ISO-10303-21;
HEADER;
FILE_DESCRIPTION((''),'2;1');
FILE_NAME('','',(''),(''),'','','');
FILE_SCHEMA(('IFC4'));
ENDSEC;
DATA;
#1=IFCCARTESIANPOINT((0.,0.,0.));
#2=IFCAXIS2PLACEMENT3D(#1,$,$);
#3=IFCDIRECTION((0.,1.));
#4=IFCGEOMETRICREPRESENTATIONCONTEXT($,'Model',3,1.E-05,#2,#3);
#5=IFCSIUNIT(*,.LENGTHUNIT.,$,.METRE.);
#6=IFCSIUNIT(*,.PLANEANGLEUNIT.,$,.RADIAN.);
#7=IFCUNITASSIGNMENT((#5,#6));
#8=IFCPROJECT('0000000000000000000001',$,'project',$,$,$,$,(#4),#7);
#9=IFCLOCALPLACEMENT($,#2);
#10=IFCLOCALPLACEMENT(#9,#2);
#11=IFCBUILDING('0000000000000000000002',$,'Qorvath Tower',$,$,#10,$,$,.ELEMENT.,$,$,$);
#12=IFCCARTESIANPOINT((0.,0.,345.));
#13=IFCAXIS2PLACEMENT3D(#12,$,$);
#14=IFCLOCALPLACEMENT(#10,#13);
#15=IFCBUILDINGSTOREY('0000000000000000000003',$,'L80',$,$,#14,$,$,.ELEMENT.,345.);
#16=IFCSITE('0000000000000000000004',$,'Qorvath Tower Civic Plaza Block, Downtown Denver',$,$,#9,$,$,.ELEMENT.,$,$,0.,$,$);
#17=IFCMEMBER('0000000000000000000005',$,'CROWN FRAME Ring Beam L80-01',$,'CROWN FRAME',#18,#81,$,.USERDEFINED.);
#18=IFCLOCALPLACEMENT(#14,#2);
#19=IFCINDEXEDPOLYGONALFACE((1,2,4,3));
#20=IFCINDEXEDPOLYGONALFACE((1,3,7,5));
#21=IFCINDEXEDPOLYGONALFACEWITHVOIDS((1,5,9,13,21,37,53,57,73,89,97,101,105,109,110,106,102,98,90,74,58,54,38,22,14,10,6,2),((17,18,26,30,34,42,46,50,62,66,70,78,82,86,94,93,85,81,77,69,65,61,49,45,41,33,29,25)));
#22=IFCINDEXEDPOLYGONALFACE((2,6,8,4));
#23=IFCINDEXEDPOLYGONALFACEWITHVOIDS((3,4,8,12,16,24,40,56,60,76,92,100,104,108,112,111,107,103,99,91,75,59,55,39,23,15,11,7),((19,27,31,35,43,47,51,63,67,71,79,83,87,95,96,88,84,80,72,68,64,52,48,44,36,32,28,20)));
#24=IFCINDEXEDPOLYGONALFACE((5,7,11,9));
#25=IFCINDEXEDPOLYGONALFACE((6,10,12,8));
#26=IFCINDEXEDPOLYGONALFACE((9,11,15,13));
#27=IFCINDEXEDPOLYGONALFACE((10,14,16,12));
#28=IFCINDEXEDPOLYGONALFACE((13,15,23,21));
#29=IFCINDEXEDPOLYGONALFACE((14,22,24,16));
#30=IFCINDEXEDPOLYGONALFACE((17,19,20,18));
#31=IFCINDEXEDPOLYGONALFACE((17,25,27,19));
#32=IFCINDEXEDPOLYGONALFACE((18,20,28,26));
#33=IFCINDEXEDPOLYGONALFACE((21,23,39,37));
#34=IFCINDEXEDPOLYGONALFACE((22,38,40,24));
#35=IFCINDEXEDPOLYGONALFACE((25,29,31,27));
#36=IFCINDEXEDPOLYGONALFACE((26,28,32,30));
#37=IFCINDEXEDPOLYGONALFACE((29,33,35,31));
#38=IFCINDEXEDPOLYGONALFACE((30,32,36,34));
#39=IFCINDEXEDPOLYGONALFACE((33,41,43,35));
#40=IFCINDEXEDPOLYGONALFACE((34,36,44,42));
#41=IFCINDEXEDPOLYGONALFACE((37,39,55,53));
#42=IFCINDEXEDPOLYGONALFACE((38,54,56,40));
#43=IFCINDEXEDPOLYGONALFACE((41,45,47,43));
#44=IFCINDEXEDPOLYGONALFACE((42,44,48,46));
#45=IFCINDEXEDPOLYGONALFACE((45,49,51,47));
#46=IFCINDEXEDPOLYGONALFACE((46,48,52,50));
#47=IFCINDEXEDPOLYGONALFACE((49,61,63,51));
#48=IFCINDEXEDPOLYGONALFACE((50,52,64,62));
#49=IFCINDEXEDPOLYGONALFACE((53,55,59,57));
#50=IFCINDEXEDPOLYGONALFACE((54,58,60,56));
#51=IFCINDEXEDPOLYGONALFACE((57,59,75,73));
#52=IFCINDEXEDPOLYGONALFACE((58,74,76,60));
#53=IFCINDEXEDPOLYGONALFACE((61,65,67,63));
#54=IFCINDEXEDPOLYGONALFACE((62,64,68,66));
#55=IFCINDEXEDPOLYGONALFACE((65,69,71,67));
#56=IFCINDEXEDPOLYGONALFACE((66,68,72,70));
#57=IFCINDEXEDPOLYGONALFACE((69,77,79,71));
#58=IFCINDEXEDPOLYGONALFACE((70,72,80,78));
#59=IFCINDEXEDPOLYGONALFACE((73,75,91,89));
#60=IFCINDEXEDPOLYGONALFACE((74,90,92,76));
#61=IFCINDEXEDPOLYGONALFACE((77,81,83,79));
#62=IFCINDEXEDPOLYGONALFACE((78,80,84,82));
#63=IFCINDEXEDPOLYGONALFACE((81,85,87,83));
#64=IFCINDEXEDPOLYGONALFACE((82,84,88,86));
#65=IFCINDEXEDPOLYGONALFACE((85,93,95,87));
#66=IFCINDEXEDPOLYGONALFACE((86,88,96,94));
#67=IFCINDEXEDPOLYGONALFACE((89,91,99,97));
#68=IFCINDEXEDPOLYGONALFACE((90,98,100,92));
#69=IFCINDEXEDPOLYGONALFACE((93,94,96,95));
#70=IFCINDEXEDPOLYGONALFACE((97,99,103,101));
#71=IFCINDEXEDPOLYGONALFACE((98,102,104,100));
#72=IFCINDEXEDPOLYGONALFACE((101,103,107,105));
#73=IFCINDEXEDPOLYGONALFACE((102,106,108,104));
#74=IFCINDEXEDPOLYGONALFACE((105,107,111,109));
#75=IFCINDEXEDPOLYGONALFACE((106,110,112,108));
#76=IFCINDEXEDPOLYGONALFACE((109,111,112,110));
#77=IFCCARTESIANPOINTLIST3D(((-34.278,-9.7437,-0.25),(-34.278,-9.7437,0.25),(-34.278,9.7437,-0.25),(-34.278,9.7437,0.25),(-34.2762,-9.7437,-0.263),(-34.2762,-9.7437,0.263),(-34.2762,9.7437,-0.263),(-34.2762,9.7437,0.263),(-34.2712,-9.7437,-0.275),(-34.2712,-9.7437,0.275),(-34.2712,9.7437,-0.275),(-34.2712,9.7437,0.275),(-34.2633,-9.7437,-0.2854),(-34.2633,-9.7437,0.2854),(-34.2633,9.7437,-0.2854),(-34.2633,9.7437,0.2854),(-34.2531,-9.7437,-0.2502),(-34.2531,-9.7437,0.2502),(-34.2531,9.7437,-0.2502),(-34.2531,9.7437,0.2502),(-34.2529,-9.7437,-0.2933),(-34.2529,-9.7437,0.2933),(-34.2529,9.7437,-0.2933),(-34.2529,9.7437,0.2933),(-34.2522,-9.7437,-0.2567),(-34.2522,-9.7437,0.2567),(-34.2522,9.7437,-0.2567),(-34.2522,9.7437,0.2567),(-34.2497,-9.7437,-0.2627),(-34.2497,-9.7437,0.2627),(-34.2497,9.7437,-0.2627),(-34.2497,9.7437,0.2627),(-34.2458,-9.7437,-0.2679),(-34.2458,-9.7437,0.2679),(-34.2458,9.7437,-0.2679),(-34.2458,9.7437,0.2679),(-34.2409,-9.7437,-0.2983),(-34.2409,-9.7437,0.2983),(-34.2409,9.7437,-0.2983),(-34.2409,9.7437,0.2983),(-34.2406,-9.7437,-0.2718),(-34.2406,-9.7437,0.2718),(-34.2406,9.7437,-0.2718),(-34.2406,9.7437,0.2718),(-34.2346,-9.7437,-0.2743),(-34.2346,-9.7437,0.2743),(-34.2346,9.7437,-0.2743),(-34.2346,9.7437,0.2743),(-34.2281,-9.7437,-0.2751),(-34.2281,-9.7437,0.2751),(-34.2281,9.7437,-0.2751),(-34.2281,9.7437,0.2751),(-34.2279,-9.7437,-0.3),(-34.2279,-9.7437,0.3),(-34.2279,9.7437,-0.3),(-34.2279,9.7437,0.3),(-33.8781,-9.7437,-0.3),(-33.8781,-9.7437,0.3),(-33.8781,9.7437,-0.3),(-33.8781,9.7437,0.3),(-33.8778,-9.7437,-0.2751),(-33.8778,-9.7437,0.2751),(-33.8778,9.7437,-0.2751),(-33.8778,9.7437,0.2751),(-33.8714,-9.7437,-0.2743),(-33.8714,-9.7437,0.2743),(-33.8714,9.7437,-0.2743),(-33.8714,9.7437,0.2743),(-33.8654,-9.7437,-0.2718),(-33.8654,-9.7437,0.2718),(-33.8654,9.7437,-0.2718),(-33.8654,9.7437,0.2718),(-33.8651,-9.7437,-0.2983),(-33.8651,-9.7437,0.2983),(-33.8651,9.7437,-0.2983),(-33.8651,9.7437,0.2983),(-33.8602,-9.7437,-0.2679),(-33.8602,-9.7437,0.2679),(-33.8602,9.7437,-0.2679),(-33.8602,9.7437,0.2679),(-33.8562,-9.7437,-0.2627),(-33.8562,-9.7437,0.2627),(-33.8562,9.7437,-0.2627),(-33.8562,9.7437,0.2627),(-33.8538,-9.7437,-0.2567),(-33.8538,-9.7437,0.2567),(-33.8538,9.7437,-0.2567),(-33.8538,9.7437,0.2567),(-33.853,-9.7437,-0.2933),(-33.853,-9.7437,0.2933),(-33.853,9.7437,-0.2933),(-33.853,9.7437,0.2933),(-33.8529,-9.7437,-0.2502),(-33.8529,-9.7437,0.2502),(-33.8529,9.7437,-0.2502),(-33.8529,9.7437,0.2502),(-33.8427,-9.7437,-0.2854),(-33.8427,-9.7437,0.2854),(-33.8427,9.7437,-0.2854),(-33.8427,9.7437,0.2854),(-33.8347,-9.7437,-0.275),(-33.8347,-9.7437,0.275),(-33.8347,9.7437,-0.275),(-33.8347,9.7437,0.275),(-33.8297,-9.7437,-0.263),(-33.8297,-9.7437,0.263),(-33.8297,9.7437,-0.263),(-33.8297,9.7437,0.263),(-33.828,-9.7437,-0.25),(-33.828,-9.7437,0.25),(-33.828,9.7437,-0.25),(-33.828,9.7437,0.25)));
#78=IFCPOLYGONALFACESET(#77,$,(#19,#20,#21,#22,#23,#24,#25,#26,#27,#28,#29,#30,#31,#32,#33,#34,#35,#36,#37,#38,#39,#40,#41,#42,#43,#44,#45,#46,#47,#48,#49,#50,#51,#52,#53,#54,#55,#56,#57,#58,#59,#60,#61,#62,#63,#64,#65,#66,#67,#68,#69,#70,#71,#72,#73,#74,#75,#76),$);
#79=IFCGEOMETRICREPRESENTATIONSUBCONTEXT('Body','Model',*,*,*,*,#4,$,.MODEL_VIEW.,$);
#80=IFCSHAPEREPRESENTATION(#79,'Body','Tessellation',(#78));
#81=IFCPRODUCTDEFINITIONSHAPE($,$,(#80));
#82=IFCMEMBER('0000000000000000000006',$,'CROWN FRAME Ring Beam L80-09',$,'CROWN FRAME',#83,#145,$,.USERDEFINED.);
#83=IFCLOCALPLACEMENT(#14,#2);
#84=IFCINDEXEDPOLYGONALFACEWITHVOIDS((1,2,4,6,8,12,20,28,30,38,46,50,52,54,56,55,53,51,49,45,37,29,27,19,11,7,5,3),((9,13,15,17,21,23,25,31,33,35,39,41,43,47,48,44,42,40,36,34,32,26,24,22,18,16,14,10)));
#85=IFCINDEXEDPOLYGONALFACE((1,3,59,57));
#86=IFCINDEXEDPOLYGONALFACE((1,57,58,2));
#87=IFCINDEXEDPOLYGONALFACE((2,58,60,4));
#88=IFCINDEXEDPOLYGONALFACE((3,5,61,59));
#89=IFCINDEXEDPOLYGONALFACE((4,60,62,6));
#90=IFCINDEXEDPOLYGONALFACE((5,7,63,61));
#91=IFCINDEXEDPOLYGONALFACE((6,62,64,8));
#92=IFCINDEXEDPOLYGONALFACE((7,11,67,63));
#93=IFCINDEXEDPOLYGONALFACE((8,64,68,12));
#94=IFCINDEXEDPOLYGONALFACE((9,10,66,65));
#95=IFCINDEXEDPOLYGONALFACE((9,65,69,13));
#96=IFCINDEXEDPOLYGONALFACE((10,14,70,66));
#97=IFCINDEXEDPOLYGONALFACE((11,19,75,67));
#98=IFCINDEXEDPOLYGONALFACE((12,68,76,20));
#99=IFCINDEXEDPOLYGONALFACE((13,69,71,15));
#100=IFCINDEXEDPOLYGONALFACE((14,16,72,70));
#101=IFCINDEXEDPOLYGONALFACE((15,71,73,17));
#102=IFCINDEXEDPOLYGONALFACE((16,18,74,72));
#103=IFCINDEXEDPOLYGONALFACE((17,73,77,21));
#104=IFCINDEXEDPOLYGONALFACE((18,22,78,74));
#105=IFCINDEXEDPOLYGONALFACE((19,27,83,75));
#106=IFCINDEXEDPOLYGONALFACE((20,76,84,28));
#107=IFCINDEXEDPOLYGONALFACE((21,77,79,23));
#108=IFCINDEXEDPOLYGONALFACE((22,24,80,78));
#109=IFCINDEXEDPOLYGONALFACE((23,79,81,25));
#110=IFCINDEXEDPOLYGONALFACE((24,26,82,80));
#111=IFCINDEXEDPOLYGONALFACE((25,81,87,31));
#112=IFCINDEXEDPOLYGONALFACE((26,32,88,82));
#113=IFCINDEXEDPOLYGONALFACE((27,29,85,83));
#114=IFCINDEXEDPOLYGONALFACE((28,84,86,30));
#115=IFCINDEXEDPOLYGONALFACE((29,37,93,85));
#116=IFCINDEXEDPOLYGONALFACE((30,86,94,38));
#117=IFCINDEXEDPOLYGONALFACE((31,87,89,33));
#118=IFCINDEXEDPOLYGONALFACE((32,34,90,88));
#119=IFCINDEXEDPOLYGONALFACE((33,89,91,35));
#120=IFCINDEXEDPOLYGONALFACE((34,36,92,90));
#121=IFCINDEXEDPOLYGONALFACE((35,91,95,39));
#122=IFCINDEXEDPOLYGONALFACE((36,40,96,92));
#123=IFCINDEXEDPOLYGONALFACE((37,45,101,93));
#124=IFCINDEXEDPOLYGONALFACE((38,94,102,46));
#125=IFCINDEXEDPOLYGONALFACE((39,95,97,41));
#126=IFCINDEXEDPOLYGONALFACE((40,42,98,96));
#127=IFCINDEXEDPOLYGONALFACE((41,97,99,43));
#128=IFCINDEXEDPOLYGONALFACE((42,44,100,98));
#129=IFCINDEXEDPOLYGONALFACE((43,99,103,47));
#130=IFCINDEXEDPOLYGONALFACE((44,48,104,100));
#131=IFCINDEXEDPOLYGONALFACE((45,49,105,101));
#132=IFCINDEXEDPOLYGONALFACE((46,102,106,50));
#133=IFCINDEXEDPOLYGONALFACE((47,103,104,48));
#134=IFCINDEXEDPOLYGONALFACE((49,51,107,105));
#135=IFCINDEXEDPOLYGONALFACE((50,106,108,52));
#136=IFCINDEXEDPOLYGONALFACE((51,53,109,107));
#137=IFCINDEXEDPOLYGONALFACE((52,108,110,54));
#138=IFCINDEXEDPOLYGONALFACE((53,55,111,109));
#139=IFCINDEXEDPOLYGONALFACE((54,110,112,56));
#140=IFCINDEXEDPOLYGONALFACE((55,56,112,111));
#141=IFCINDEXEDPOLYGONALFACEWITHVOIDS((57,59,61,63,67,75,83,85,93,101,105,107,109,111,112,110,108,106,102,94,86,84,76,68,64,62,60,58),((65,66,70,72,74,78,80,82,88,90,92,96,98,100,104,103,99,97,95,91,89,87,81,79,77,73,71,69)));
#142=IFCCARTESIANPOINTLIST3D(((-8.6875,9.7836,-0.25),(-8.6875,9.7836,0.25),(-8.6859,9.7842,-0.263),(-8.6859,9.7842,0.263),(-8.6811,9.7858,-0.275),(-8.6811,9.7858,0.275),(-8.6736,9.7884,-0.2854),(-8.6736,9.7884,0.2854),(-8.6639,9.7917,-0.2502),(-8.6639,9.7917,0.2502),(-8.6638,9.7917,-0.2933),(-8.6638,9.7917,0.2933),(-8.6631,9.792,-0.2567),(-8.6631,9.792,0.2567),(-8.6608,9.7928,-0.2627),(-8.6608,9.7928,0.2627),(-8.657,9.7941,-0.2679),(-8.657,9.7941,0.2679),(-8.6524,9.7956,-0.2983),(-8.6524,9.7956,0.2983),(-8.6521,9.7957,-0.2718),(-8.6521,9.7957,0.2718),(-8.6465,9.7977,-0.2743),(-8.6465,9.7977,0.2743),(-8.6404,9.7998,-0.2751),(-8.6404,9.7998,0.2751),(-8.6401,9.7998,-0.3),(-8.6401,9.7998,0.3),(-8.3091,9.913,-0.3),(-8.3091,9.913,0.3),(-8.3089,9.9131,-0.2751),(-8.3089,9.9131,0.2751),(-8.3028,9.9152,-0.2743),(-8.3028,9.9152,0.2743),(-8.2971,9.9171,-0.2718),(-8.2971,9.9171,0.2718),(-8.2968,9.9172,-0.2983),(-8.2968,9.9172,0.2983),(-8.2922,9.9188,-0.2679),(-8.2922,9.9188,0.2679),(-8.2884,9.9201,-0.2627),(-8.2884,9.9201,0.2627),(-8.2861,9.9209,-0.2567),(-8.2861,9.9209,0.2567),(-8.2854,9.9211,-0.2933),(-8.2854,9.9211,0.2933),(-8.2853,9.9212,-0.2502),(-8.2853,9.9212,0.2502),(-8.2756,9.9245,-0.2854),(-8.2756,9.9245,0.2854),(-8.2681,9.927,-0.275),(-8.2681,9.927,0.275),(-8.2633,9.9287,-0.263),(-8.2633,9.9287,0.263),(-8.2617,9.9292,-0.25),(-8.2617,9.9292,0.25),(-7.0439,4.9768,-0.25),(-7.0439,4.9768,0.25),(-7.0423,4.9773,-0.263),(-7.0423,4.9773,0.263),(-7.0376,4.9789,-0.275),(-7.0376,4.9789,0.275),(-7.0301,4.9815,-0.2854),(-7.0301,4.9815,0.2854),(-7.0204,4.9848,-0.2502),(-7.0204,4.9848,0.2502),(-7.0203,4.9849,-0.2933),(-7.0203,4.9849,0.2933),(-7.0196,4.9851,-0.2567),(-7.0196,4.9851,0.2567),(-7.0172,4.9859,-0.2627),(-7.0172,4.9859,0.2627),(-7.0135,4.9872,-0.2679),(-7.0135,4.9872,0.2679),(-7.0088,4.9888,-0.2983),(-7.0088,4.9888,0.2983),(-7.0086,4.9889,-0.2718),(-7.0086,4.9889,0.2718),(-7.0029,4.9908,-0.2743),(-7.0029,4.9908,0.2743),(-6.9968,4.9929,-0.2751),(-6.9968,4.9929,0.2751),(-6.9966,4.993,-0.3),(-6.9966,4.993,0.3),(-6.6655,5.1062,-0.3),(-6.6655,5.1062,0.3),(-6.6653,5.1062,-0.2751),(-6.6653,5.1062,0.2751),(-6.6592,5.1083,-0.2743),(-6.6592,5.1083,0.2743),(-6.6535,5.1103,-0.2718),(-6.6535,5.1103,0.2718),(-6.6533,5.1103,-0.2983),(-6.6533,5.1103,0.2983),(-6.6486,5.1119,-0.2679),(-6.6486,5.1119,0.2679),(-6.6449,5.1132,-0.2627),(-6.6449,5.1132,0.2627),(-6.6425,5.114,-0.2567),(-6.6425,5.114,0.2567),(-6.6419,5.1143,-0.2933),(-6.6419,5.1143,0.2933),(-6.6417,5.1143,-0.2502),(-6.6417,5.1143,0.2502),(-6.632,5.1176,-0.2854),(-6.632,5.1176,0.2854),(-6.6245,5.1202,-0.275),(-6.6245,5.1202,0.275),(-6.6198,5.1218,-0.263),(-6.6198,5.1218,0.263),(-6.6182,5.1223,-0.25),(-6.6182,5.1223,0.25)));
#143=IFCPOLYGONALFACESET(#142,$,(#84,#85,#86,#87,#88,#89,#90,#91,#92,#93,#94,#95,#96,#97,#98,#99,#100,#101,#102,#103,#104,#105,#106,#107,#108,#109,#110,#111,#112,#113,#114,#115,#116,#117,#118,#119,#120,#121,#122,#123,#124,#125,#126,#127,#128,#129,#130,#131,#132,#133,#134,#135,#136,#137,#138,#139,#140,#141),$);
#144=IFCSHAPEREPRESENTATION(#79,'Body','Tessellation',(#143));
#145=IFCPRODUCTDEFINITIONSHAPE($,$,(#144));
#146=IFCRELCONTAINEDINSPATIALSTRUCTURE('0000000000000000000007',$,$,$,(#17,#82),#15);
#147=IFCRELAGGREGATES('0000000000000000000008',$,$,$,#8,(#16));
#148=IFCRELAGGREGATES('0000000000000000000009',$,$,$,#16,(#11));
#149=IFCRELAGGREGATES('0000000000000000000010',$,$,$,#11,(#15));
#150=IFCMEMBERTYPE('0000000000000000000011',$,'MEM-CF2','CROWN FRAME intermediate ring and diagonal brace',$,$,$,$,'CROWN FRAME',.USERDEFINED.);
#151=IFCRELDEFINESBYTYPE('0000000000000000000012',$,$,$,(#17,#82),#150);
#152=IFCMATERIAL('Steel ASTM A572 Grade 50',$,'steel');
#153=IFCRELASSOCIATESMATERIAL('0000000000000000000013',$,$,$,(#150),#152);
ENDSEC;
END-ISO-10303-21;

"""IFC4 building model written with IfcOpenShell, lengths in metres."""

from ifc_helpers import new_model, si_unit, direction, frame, origin, origin_2d, place, context, subcontext, project, spatial, hollow_rectangle, extrude, material, material_profile, profile_set, type_object, element, save


model = new_model("IFC4")

# Units and contexts
model_context = context("Model", 3, precision=1e-05, world=origin(), true_north=direction((0.0, 1.0)))
body_context = subcontext(model_context, "Body", "Model", "MODEL_VIEW")
ifc_project = project(units=[si_unit("LENGTHUNIT", "METRE"), si_unit("PLANEANGLEUNIT", "RADIAN")], contexts=[model_context])

# Site, building, storey
site_placement = place(None, origin())
site = spatial("IfcSite", under=ifc_project, at=site_placement, Name="Qorvath Tower Civic Plaza Block, Downtown Denver", CompositionType="ELEMENT", RefElevation=0.0)
building_placement = place(site_placement, origin())
building = spatial("IfcBuilding", under=site, at=building_placement, Name="Qorvath Tower", CompositionType="ELEMENT")
storey_placement = place(building_placement, frame((0.0, 0.0, 345.0)))
storey = spatial("IfcBuildingStorey", under=building, at=storey_placement, Name="L80", CompositionType="ELEMENT", Elevation=345.0)

# Members
ifc_material_1 = material(Name="Steel ASTM A572 Grade 50", Category="steel")
ifc_material_profile_1 = material_profile(ifc_material_1, hollow_rectangle(XDim=0.45, YDim=0.6001, WallThickness=0.0249, InnerFilletRadius=0.0249, OuterFilletRadius=0.05, at=origin_2d()), Name="CROWN BOX 600x450x25")
ifc_profile_set_1 = profile_set([ifc_material_profile_1], Name="Steel ASTM A572 Grade 50")
member_type_1 = type_object("IfcMemberType", Name="MEM-CF2", Description="CROWN FRAME intermediate ring and diagonal brace", ElementType="CROWN FRAME", PredefinedType="USERDEFINED", material=ifc_profile_set_1)
member_1_placement = place(storey_placement, frame((-34.053, 9.7437, 0.0), z_axis=(0.0, -1.0, 0.0), x_axis=(1.0, 0.0, 0.0)))
element("IfcMember", 1, at=member_1_placement, inside=storey, type_object=member_type_1, Name="CROWN FRAME Ring Beam L80-01", ObjectType="CROWN FRAME", PredefinedType="USERDEFINED", context=body_context, shape_type="SweptSolid", body=[
    extrude(hollow_rectangle(XDim=0.45, YDim=0.6001, WallThickness=0.0249, InnerFilletRadius=0.0249, OuterFilletRadius=0.05, at=origin_2d()), origin(), (0.0, 0.0, 1.0), 19.4873),
])
member_2_placement = place(storey_placement, frame((-6.8311, 5.0496, 0.0), z_axis=(-0.323528, 0.946219, 0.0), x_axis=(-0.946219, -0.323528, 0.0)))
element("IfcMember", 2, at=member_2_placement, inside=storey, type_object=member_type_1, Name="CROWN FRAME Ring Beam L80-09", ObjectType="CROWN FRAME", PredefinedType="USERDEFINED", context=body_context, shape_type="SweptSolid", body=[
    extrude(hollow_rectangle(XDim=0.45, YDim=0.6001, WallThickness=0.0249, InnerFilletRadius=0.0249, OuterFilletRadius=0.05, at=origin_2d()), origin(), (0.0, 0.0, 1.0), 5.0801),
])

save(model, "model.ifc")
